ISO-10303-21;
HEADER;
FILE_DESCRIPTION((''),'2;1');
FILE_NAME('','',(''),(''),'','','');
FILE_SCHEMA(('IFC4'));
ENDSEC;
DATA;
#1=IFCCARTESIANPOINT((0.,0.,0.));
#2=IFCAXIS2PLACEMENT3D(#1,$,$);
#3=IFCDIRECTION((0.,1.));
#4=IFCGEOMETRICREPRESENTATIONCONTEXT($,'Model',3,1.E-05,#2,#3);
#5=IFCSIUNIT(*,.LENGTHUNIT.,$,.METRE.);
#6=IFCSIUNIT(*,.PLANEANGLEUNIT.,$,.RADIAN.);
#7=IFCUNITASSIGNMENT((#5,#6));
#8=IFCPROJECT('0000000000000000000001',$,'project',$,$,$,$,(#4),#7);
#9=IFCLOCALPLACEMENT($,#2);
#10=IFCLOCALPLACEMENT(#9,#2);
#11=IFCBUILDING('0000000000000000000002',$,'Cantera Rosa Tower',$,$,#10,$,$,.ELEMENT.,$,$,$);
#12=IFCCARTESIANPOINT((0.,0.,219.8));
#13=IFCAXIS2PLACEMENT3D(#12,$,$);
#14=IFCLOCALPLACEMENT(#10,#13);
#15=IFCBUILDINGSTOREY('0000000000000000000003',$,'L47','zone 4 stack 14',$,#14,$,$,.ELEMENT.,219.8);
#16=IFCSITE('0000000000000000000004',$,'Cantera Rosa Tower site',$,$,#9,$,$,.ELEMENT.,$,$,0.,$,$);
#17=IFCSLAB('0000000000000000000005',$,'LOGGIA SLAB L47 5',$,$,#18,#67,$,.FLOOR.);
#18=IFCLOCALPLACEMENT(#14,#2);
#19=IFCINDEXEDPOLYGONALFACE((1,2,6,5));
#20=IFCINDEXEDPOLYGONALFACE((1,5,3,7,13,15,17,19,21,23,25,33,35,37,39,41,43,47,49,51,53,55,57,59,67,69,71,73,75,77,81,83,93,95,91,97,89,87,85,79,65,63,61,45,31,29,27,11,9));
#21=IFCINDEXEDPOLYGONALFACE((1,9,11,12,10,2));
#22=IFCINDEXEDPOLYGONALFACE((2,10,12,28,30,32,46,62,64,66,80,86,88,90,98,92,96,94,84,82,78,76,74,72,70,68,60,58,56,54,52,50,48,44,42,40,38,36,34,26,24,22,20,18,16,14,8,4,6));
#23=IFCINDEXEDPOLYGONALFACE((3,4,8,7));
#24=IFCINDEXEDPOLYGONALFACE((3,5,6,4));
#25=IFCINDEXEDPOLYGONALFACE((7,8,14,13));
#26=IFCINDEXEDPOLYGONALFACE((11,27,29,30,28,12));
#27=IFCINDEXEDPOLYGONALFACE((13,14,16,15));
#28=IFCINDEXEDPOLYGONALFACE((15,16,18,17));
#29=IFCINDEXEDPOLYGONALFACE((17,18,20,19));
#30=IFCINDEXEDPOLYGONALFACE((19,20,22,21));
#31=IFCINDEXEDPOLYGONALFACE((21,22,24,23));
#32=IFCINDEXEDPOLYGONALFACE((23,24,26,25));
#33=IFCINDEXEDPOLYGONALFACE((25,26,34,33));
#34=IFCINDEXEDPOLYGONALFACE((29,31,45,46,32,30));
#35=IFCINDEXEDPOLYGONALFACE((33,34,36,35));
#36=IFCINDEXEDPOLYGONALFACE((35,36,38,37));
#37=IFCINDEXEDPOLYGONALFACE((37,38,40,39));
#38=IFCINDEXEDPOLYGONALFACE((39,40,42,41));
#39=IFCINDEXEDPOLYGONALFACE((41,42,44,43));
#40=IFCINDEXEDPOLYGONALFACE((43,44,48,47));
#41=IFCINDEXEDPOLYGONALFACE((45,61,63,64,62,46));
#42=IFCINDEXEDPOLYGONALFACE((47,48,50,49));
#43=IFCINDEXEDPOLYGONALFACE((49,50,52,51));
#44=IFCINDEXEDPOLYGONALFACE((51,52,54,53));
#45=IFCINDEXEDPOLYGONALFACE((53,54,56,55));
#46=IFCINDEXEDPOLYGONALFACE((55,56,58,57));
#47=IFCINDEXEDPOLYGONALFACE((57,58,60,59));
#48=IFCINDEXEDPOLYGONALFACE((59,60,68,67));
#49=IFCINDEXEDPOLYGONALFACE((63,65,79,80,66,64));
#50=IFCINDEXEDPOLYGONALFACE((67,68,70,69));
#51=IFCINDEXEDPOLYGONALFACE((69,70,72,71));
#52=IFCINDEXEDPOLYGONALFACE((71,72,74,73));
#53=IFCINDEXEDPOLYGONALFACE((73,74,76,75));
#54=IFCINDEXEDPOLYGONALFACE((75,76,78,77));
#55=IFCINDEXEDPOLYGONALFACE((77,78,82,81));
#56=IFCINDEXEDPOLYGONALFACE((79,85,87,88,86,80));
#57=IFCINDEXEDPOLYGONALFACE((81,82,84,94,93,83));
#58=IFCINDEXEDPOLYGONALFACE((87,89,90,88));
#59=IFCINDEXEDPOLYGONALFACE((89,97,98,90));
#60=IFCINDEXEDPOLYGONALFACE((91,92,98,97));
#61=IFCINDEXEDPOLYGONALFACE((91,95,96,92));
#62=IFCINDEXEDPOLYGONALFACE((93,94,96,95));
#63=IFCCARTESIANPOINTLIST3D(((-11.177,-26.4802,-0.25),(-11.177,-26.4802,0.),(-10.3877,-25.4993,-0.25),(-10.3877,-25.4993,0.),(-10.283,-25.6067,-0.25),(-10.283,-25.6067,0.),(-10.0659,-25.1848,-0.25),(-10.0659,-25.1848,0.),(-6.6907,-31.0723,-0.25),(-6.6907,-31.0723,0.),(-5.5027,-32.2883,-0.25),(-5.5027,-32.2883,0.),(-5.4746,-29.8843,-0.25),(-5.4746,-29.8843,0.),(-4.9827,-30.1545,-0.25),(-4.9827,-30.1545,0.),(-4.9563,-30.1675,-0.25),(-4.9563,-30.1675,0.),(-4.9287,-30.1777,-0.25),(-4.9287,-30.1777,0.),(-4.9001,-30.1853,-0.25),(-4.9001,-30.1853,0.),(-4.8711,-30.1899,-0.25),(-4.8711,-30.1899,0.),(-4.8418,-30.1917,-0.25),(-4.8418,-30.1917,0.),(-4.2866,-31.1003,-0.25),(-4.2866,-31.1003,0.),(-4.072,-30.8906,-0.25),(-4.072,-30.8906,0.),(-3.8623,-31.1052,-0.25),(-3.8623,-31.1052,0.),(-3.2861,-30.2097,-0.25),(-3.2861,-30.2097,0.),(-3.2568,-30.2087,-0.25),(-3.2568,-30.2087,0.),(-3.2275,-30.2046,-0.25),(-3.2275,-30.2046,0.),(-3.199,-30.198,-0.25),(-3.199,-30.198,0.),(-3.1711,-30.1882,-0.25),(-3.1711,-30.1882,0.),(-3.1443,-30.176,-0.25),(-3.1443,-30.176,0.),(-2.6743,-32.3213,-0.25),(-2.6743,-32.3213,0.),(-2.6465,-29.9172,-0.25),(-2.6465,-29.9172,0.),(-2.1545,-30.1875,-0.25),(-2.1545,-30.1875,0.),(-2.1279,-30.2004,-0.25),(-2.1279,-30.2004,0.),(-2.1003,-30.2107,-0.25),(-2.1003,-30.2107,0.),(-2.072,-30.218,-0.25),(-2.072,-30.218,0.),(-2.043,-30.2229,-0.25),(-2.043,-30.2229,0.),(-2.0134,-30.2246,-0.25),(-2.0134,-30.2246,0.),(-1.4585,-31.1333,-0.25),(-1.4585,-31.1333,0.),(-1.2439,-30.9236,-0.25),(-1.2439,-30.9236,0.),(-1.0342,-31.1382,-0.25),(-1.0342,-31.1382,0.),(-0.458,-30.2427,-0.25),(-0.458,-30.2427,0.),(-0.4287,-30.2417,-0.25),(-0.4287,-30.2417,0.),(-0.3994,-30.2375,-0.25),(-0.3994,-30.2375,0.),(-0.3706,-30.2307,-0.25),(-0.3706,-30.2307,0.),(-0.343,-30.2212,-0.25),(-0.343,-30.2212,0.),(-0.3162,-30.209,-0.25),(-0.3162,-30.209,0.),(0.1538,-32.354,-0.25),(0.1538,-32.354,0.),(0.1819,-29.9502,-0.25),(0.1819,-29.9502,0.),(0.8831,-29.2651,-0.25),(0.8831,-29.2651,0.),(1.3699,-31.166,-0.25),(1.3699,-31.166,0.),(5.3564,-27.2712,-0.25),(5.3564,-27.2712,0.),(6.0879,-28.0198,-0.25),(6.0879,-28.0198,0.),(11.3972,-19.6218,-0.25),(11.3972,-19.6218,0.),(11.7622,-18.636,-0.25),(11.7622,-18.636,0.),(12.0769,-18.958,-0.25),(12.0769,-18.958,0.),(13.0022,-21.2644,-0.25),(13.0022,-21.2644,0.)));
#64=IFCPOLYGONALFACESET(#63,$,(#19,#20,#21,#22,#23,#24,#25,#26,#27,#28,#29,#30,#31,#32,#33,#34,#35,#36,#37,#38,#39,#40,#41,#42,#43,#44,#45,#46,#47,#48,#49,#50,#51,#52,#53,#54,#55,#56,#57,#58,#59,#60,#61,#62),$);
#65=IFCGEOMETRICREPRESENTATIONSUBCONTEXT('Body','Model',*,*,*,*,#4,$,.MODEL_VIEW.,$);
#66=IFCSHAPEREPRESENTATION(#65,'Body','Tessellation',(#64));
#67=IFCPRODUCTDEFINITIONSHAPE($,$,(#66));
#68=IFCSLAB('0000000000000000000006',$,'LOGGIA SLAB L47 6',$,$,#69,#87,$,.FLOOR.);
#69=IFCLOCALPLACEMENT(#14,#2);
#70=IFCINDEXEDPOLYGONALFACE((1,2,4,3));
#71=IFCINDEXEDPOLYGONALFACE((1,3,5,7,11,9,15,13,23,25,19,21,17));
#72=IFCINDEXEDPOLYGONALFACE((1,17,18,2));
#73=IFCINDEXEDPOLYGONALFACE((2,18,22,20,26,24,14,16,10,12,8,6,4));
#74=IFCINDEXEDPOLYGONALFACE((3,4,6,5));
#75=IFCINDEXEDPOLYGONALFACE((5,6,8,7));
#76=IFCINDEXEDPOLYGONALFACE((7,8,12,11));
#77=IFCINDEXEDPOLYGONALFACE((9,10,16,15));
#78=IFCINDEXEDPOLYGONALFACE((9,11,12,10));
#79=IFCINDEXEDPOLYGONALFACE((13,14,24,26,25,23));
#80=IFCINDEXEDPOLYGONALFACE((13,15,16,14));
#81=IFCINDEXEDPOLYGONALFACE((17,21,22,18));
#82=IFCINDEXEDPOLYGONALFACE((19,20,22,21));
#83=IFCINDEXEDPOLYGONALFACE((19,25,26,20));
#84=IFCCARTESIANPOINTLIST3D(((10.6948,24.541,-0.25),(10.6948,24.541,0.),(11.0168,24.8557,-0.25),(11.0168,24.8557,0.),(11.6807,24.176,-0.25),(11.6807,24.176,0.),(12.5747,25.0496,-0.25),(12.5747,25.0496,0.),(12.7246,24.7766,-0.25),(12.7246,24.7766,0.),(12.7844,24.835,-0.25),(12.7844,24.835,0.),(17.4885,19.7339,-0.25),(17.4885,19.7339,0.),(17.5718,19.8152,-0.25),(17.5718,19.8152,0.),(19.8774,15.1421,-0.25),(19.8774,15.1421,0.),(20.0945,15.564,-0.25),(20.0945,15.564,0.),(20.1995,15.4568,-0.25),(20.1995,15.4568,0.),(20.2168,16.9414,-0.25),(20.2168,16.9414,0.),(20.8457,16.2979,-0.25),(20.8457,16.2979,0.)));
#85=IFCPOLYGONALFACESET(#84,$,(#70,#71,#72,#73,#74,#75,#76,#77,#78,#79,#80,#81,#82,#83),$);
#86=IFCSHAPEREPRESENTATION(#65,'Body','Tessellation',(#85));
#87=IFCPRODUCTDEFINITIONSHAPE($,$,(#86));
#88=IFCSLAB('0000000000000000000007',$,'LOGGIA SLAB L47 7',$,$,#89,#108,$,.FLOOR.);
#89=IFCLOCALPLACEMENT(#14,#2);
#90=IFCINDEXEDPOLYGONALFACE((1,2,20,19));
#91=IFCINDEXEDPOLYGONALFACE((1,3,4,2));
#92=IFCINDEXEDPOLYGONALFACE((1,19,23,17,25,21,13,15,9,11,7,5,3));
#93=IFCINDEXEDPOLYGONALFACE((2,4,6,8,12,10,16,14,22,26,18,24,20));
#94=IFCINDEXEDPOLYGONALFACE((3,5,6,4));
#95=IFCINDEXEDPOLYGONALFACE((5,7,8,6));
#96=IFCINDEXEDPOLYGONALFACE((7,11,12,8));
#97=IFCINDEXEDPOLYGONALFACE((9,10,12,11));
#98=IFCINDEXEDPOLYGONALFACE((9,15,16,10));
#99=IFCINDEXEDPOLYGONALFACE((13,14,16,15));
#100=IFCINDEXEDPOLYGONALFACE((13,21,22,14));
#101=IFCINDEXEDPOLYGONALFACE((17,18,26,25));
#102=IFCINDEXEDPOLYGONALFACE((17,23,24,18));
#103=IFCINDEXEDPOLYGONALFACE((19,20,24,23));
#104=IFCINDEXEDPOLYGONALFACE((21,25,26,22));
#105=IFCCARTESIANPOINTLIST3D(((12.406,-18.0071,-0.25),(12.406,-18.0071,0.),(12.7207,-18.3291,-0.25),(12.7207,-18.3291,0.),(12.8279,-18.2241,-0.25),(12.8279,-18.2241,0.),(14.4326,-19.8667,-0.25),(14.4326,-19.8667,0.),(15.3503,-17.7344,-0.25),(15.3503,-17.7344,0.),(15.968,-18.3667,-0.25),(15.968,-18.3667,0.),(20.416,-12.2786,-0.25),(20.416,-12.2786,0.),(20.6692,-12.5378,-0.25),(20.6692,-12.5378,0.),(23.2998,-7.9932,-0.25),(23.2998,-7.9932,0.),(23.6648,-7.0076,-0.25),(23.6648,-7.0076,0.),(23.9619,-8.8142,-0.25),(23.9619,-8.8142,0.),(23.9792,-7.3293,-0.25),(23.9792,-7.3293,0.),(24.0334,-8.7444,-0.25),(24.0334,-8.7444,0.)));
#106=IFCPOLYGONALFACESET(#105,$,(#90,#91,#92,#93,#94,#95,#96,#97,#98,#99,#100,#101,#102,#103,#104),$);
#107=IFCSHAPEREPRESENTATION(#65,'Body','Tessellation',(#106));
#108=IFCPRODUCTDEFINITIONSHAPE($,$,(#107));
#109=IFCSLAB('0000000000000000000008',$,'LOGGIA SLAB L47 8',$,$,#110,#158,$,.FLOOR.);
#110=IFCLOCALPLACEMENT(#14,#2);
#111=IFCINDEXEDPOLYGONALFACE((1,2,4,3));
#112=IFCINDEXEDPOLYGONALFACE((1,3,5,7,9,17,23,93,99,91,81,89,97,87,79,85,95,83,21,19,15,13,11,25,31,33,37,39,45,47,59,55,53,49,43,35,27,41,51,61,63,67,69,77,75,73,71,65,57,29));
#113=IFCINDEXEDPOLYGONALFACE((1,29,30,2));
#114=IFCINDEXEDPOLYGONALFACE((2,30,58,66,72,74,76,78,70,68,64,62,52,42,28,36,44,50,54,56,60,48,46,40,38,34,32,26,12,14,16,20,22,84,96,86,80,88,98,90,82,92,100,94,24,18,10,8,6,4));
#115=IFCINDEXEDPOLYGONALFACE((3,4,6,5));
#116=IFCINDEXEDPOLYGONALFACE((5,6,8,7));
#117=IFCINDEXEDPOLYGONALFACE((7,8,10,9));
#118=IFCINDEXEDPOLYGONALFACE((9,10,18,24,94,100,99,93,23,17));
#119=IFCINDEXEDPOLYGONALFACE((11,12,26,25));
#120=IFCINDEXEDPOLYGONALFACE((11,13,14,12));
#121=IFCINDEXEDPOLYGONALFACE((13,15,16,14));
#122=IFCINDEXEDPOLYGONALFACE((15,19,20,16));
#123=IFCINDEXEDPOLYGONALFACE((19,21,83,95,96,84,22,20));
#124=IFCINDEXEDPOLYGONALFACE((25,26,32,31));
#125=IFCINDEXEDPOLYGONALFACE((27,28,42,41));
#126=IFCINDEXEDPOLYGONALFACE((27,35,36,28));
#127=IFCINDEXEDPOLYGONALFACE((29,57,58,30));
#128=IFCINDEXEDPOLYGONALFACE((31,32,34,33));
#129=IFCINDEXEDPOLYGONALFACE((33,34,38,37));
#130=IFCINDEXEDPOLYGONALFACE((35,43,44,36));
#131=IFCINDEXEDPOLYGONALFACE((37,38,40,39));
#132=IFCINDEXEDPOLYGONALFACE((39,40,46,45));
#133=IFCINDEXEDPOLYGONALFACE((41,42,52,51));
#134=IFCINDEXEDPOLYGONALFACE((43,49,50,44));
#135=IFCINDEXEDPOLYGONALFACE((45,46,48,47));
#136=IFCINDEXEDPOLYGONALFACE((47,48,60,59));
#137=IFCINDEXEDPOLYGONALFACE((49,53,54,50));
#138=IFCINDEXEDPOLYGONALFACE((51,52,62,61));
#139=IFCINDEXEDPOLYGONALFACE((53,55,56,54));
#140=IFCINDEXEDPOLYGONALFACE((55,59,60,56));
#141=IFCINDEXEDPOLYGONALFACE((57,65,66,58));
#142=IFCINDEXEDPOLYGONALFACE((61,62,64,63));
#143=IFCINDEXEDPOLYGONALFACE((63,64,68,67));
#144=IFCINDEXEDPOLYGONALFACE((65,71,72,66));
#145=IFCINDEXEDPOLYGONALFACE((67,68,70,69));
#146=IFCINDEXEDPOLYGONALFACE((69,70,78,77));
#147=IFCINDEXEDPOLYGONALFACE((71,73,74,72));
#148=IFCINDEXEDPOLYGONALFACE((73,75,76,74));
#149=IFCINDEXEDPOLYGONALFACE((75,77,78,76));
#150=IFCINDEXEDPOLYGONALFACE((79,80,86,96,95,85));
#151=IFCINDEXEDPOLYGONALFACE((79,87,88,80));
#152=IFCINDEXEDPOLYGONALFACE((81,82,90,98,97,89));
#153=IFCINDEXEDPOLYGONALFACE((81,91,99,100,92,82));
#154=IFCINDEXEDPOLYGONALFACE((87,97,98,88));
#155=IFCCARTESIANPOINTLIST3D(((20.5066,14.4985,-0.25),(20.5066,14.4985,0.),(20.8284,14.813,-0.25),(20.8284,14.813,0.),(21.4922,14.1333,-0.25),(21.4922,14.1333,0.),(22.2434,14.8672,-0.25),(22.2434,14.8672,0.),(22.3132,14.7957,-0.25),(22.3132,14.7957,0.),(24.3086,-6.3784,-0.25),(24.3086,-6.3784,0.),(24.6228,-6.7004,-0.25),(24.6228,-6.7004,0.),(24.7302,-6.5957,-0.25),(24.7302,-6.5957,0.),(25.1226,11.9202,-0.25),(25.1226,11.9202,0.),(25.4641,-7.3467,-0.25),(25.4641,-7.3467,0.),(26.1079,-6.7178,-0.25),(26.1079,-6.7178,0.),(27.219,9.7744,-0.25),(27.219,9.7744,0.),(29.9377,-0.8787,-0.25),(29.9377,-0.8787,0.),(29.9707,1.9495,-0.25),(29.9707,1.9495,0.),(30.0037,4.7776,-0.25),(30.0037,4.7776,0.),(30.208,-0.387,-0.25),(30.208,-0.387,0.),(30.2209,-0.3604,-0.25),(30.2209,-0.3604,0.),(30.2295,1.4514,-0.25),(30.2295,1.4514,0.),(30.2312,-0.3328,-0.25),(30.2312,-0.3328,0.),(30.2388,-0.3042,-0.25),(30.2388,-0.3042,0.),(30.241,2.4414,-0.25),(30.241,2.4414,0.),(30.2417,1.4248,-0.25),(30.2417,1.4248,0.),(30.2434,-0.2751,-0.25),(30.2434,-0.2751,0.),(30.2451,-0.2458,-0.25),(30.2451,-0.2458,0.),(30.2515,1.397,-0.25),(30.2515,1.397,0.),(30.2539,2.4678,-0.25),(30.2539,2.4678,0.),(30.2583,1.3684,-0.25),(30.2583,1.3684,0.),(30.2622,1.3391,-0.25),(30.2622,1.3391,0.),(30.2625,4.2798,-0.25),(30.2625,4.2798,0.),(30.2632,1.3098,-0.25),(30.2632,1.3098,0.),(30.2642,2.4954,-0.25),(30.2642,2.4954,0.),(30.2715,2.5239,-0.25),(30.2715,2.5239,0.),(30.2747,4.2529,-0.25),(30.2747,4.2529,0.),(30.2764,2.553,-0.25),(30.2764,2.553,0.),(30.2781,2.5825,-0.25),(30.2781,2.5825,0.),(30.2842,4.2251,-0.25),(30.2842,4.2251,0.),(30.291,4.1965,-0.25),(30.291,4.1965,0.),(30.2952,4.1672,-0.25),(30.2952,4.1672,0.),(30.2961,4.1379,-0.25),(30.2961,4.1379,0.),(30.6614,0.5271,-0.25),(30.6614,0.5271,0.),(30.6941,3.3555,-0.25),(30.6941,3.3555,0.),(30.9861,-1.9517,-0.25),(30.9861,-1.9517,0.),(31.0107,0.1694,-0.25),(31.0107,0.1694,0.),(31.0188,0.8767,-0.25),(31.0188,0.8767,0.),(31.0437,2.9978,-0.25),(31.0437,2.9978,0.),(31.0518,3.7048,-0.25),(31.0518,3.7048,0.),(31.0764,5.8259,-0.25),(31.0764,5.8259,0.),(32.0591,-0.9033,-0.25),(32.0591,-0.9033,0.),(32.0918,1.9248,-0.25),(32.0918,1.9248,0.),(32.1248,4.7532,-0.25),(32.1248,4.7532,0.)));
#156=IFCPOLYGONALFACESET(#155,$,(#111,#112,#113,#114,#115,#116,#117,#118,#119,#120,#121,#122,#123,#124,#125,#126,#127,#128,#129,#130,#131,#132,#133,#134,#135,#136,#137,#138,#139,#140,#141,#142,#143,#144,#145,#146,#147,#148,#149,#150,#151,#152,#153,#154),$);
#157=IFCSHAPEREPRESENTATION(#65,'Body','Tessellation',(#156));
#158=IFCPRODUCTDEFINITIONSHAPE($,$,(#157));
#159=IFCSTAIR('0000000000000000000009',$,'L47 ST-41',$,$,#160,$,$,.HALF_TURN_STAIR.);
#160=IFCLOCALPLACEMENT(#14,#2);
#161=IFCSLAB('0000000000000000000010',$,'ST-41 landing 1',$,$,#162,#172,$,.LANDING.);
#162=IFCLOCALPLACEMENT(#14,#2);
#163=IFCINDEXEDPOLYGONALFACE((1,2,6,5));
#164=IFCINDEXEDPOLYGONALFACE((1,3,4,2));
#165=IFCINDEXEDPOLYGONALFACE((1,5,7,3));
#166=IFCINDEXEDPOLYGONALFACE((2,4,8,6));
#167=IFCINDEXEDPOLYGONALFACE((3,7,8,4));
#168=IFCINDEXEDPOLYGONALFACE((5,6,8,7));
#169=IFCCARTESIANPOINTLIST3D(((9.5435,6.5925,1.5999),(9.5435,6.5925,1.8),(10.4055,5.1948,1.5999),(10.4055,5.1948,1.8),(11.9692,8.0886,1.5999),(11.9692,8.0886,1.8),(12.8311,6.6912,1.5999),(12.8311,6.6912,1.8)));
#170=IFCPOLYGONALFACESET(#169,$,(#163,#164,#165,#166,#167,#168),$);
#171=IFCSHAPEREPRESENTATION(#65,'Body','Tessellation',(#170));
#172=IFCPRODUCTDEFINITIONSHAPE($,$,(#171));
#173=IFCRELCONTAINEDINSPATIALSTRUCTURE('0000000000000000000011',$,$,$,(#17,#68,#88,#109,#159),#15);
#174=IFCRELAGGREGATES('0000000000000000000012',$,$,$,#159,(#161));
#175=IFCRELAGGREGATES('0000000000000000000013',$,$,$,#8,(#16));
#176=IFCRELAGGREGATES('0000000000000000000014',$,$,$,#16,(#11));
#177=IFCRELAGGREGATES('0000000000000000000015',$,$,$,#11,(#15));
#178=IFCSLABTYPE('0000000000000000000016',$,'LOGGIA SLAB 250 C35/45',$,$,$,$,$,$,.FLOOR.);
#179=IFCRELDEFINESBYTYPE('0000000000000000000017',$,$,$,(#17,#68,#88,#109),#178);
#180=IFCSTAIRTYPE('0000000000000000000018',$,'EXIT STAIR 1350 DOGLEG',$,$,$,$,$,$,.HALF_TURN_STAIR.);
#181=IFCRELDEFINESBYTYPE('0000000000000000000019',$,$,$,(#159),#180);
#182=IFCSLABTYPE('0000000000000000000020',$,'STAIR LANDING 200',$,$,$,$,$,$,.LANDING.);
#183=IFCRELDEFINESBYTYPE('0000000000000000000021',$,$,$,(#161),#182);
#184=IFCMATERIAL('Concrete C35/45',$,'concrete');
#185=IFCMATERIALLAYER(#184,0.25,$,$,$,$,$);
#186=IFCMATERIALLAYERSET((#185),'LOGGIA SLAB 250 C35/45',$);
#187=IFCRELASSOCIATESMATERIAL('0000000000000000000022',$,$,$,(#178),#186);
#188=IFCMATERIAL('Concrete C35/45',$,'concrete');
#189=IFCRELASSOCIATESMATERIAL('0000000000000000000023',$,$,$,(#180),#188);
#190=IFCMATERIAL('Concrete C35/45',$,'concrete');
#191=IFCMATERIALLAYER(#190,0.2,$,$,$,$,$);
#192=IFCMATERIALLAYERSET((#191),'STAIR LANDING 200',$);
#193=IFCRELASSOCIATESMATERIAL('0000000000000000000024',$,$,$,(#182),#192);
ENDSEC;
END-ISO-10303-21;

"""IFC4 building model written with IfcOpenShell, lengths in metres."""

from ifc_helpers import new_model, si_unit, direction, frame, origin, place, context, subcontext, project, spatial, polyline, outline, extrude, material, layer, layer_set, type_object, element, aggregate, save


model = new_model("IFC4")

# Units and contexts
model_context = context("Model", 3, precision=1e-05, world=origin(), true_north=direction((0.0, 1.0)))
body_context = subcontext(model_context, "Body", "Model", "MODEL_VIEW")
ifc_project = project(units=[si_unit("LENGTHUNIT", "METRE"), si_unit("PLANEANGLEUNIT", "RADIAN")], contexts=[model_context])

# Site, building, storey
site_placement = place(None, origin())
site = spatial("IfcSite", under=ifc_project, at=site_placement, Name="Cantera Rosa Tower site", CompositionType="ELEMENT", RefElevation=0.0)
building_placement = place(site_placement, origin())
building = spatial("IfcBuilding", under=site, at=building_placement, Name="Cantera Rosa Tower", CompositionType="ELEMENT")
storey_placement = place(building_placement, frame((0.0, 0.0, 219.8)))
storey = spatial("IfcBuildingStorey", under=building, at=storey_placement, Name="L47", Description="zone 4 stack 14", CompositionType="ELEMENT", Elevation=219.8)

# Slabs
ifc_material_1 = material(Name="Concrete C35/45", Category="concrete")
ifc_layer_1 = layer(ifc_material_1, 0.25)
ifc_layer_set_1 = layer_set([ifc_layer_1], Name="LOGGIA SLAB 250 C35/45")
slab_type_1 = type_object("IfcSlabType", Name="LOGGIA SLAB 250 C35/45", PredefinedType="FLOOR", material=ifc_layer_set_1)
slab_1_placement = place(storey_placement, frame((0.0, 0.0, -0.25)))
element("IfcSlab", 1, at=slab_1_placement, inside=storey, type_object=slab_type_1, Name="LOGGIA SLAB L47 5", PredefinedType="FLOOR", context=body_context, shape_type="SweptSolid", body=[
    extrude(outline(polyline([(1.3699, -31.166), (0.1538, -32.354), (-1.0342, -31.1382), (-1.2439, -30.9236), (-1.4585, -31.1333), (-2.6743, -32.3213), (-3.8623, -31.1052), (-4.072, -30.8906), (-4.2866, -31.1003), (-5.5027, -32.2883), (-6.6907, -31.0723), (-11.177, -26.4802), (-10.283, -25.6067), (-10.3877, -25.4993), (-10.0659, -25.1848), (-5.4746, -29.8843), (-4.9827, -30.1545), (-4.9563, -30.1675), (-4.9287, -30.1777), (-4.9001, -30.1853), (-4.8711, -30.1899), (-4.8418, -30.1917), (-3.2861, -30.2097), (-3.2568, -30.2087), (-3.2275, -30.2046), (-3.199, -30.198), (-3.1711, -30.1882), (-3.1443, -30.176), (-2.6465, -29.9172), (-2.1545, -30.1875), (-2.1279, -30.2004), (-2.1003, -30.2107), (-2.072, -30.218), (-2.043, -30.2229), (-2.0134, -30.2246), (-0.458, -30.2427), (-0.4287, -30.2417), (-0.3994, -30.2375), (-0.3706, -30.2307), (-0.343, -30.2212), (-0.3162, -30.209), (0.1819, -29.9502), (0.8831, -29.2651), (11.7622, -18.636), (12.0769, -18.958), (11.3972, -19.6218), (13.0022, -21.2644), (6.0879, -28.0198), (5.3564, -27.2712), (1.3699, -31.166)])), origin(), (0.0, 0.0, 1.0), 0.25),
])
slab_2_placement = place(storey_placement, frame((0.0, 0.0, -0.25)))
element("IfcSlab", 2, at=slab_2_placement, inside=storey, type_object=slab_type_1, Name="LOGGIA SLAB L47 6", PredefinedType="FLOOR", context=body_context, shape_type="SweptSolid", body=[
    extrude(outline(polyline([(17.5718, 19.8152), (17.4885, 19.7339), (20.2168, 16.9414), (20.8457, 16.2979), (20.0945, 15.564), (20.1995, 15.4568), (19.8774, 15.1421), (10.6948, 24.541), (11.0168, 24.8557), (11.6807, 24.176), (12.5747, 25.0496), (12.7844, 24.835), (12.7246, 24.7766), (17.5718, 19.8152)])), origin(), (0.0, 0.0, 1.0), 0.25),
])
slab_3_placement = place(storey_placement, frame((0.0, 0.0, -0.25)))
element("IfcSlab", 3, at=slab_3_placement, inside=storey, type_object=slab_type_1, Name="LOGGIA SLAB L47 7", PredefinedType="FLOOR", context=body_context, shape_type="SweptSolid", body=[
    extrude(outline(polyline([(12.7207, -18.3291), (12.406, -18.0071), (23.6648, -7.0076), (23.9792, -7.3293), (23.2998, -7.9932), (24.0334, -8.7444), (23.9619, -8.8142), (20.416, -12.2786), (20.6692, -12.5378), (15.3503, -17.7344), (15.968, -18.3667), (14.4326, -19.8667), (12.8279, -18.2241), (12.7207, -18.3291)])), origin(), (0.0, 0.0, 1.0), 0.25),
])
slab_4_placement = place(storey_placement, frame((0.0, 0.0, -0.25)))
element("IfcSlab", 4, at=slab_4_placement, inside=storey, type_object=slab_type_1, Name="LOGGIA SLAB L47 8", PredefinedType="FLOOR", context=body_context, shape_type="SweptSolid", body=[
    extrude(outline(polyline([(27.219, 9.7744), (31.0764, 5.8259), (32.1248, 4.7532), (31.0518, 3.7048), (30.6941, 3.3555), (31.0437, 2.9978), (32.0918, 1.9248), (31.0188, 0.8767), (30.6614, 0.5271), (31.0107, 0.1694), (32.0591, -0.9033), (30.9861, -1.9517), (26.1079, -6.7178), (25.4641, -7.3467), (24.7302, -6.5957), (24.6228, -6.7004), (24.3086, -6.3784), (29.9377, -0.8787), (30.208, -0.387), (30.2209, -0.3604), (30.2312, -0.3328), (30.2388, -0.3042), (30.2434, -0.2751), (30.2451, -0.2458), (30.2632, 1.3098), (30.2622, 1.3391), (30.2583, 1.3684), (30.2515, 1.397), (30.2417, 1.4248), (30.2295, 1.4514), (29.9707, 1.9495), (30.241, 2.4414), (30.2539, 2.4678), (30.2642, 2.4954), (30.2715, 2.5239), (30.2764, 2.553), (30.2781, 2.5825), (30.2961, 4.1379), (30.2952, 4.1672), (30.291, 4.1965), (30.2842, 4.2251), (30.2747, 4.2529), (30.2625, 4.2798), (30.0037, 4.7776), (20.5066, 14.4985), (20.8284, 14.813), (21.4922, 14.1333), (22.2434, 14.8672), (22.3132, 14.7957), (25.1226, 11.9202), (27.219, 9.7744)])), origin(), (0.0, 0.0, 1.0), 0.25),
])

# Stair, slab
ifc_material_2 = material(Name="Concrete C35/45", Category="concrete")
stair_type = type_object("IfcStairType", Name="EXIT STAIR 1350 DOGLEG", PredefinedType="HALF_TURN_STAIR", material=ifc_material_2)
stair_1_placement = place(storey_placement, origin())
stair_1 = element("IfcStair", 5, at=stair_1_placement, inside=storey, type_object=stair_type, Name="L47 ST-41", PredefinedType="HALF_TURN_STAIR")
ifc_material_3 = material(Name="Concrete C35/45", Category="concrete")
ifc_layer_2 = layer(ifc_material_3, 0.2)
ifc_layer_set_2 = layer_set([ifc_layer_2], Name="STAIR LANDING 200")
slab_type_2 = type_object("IfcSlabType", Name="STAIR LANDING 200", PredefinedType="LANDING", material=ifc_layer_set_2)
slab_5_placement = place(storey_placement, frame((0.0, 0.0, 1.5999)))
slab_5 = element("IfcSlab", 6, at=slab_5_placement, type_object=slab_type_2, Name="ST-41 landing 1", PredefinedType="LANDING", context=body_context, shape_type="SweptSolid", body=[
    extrude(outline(polyline([(12.8311, 6.6912), (11.9692, 8.0886), (9.5435, 6.5925), (10.4055, 5.1948), (12.8311, 6.6912)])), origin(), (0.0, 0.0, 1.0), 0.2002),
])
aggregate(stair_1, [slab_5])

save(model, "model.ifc")
